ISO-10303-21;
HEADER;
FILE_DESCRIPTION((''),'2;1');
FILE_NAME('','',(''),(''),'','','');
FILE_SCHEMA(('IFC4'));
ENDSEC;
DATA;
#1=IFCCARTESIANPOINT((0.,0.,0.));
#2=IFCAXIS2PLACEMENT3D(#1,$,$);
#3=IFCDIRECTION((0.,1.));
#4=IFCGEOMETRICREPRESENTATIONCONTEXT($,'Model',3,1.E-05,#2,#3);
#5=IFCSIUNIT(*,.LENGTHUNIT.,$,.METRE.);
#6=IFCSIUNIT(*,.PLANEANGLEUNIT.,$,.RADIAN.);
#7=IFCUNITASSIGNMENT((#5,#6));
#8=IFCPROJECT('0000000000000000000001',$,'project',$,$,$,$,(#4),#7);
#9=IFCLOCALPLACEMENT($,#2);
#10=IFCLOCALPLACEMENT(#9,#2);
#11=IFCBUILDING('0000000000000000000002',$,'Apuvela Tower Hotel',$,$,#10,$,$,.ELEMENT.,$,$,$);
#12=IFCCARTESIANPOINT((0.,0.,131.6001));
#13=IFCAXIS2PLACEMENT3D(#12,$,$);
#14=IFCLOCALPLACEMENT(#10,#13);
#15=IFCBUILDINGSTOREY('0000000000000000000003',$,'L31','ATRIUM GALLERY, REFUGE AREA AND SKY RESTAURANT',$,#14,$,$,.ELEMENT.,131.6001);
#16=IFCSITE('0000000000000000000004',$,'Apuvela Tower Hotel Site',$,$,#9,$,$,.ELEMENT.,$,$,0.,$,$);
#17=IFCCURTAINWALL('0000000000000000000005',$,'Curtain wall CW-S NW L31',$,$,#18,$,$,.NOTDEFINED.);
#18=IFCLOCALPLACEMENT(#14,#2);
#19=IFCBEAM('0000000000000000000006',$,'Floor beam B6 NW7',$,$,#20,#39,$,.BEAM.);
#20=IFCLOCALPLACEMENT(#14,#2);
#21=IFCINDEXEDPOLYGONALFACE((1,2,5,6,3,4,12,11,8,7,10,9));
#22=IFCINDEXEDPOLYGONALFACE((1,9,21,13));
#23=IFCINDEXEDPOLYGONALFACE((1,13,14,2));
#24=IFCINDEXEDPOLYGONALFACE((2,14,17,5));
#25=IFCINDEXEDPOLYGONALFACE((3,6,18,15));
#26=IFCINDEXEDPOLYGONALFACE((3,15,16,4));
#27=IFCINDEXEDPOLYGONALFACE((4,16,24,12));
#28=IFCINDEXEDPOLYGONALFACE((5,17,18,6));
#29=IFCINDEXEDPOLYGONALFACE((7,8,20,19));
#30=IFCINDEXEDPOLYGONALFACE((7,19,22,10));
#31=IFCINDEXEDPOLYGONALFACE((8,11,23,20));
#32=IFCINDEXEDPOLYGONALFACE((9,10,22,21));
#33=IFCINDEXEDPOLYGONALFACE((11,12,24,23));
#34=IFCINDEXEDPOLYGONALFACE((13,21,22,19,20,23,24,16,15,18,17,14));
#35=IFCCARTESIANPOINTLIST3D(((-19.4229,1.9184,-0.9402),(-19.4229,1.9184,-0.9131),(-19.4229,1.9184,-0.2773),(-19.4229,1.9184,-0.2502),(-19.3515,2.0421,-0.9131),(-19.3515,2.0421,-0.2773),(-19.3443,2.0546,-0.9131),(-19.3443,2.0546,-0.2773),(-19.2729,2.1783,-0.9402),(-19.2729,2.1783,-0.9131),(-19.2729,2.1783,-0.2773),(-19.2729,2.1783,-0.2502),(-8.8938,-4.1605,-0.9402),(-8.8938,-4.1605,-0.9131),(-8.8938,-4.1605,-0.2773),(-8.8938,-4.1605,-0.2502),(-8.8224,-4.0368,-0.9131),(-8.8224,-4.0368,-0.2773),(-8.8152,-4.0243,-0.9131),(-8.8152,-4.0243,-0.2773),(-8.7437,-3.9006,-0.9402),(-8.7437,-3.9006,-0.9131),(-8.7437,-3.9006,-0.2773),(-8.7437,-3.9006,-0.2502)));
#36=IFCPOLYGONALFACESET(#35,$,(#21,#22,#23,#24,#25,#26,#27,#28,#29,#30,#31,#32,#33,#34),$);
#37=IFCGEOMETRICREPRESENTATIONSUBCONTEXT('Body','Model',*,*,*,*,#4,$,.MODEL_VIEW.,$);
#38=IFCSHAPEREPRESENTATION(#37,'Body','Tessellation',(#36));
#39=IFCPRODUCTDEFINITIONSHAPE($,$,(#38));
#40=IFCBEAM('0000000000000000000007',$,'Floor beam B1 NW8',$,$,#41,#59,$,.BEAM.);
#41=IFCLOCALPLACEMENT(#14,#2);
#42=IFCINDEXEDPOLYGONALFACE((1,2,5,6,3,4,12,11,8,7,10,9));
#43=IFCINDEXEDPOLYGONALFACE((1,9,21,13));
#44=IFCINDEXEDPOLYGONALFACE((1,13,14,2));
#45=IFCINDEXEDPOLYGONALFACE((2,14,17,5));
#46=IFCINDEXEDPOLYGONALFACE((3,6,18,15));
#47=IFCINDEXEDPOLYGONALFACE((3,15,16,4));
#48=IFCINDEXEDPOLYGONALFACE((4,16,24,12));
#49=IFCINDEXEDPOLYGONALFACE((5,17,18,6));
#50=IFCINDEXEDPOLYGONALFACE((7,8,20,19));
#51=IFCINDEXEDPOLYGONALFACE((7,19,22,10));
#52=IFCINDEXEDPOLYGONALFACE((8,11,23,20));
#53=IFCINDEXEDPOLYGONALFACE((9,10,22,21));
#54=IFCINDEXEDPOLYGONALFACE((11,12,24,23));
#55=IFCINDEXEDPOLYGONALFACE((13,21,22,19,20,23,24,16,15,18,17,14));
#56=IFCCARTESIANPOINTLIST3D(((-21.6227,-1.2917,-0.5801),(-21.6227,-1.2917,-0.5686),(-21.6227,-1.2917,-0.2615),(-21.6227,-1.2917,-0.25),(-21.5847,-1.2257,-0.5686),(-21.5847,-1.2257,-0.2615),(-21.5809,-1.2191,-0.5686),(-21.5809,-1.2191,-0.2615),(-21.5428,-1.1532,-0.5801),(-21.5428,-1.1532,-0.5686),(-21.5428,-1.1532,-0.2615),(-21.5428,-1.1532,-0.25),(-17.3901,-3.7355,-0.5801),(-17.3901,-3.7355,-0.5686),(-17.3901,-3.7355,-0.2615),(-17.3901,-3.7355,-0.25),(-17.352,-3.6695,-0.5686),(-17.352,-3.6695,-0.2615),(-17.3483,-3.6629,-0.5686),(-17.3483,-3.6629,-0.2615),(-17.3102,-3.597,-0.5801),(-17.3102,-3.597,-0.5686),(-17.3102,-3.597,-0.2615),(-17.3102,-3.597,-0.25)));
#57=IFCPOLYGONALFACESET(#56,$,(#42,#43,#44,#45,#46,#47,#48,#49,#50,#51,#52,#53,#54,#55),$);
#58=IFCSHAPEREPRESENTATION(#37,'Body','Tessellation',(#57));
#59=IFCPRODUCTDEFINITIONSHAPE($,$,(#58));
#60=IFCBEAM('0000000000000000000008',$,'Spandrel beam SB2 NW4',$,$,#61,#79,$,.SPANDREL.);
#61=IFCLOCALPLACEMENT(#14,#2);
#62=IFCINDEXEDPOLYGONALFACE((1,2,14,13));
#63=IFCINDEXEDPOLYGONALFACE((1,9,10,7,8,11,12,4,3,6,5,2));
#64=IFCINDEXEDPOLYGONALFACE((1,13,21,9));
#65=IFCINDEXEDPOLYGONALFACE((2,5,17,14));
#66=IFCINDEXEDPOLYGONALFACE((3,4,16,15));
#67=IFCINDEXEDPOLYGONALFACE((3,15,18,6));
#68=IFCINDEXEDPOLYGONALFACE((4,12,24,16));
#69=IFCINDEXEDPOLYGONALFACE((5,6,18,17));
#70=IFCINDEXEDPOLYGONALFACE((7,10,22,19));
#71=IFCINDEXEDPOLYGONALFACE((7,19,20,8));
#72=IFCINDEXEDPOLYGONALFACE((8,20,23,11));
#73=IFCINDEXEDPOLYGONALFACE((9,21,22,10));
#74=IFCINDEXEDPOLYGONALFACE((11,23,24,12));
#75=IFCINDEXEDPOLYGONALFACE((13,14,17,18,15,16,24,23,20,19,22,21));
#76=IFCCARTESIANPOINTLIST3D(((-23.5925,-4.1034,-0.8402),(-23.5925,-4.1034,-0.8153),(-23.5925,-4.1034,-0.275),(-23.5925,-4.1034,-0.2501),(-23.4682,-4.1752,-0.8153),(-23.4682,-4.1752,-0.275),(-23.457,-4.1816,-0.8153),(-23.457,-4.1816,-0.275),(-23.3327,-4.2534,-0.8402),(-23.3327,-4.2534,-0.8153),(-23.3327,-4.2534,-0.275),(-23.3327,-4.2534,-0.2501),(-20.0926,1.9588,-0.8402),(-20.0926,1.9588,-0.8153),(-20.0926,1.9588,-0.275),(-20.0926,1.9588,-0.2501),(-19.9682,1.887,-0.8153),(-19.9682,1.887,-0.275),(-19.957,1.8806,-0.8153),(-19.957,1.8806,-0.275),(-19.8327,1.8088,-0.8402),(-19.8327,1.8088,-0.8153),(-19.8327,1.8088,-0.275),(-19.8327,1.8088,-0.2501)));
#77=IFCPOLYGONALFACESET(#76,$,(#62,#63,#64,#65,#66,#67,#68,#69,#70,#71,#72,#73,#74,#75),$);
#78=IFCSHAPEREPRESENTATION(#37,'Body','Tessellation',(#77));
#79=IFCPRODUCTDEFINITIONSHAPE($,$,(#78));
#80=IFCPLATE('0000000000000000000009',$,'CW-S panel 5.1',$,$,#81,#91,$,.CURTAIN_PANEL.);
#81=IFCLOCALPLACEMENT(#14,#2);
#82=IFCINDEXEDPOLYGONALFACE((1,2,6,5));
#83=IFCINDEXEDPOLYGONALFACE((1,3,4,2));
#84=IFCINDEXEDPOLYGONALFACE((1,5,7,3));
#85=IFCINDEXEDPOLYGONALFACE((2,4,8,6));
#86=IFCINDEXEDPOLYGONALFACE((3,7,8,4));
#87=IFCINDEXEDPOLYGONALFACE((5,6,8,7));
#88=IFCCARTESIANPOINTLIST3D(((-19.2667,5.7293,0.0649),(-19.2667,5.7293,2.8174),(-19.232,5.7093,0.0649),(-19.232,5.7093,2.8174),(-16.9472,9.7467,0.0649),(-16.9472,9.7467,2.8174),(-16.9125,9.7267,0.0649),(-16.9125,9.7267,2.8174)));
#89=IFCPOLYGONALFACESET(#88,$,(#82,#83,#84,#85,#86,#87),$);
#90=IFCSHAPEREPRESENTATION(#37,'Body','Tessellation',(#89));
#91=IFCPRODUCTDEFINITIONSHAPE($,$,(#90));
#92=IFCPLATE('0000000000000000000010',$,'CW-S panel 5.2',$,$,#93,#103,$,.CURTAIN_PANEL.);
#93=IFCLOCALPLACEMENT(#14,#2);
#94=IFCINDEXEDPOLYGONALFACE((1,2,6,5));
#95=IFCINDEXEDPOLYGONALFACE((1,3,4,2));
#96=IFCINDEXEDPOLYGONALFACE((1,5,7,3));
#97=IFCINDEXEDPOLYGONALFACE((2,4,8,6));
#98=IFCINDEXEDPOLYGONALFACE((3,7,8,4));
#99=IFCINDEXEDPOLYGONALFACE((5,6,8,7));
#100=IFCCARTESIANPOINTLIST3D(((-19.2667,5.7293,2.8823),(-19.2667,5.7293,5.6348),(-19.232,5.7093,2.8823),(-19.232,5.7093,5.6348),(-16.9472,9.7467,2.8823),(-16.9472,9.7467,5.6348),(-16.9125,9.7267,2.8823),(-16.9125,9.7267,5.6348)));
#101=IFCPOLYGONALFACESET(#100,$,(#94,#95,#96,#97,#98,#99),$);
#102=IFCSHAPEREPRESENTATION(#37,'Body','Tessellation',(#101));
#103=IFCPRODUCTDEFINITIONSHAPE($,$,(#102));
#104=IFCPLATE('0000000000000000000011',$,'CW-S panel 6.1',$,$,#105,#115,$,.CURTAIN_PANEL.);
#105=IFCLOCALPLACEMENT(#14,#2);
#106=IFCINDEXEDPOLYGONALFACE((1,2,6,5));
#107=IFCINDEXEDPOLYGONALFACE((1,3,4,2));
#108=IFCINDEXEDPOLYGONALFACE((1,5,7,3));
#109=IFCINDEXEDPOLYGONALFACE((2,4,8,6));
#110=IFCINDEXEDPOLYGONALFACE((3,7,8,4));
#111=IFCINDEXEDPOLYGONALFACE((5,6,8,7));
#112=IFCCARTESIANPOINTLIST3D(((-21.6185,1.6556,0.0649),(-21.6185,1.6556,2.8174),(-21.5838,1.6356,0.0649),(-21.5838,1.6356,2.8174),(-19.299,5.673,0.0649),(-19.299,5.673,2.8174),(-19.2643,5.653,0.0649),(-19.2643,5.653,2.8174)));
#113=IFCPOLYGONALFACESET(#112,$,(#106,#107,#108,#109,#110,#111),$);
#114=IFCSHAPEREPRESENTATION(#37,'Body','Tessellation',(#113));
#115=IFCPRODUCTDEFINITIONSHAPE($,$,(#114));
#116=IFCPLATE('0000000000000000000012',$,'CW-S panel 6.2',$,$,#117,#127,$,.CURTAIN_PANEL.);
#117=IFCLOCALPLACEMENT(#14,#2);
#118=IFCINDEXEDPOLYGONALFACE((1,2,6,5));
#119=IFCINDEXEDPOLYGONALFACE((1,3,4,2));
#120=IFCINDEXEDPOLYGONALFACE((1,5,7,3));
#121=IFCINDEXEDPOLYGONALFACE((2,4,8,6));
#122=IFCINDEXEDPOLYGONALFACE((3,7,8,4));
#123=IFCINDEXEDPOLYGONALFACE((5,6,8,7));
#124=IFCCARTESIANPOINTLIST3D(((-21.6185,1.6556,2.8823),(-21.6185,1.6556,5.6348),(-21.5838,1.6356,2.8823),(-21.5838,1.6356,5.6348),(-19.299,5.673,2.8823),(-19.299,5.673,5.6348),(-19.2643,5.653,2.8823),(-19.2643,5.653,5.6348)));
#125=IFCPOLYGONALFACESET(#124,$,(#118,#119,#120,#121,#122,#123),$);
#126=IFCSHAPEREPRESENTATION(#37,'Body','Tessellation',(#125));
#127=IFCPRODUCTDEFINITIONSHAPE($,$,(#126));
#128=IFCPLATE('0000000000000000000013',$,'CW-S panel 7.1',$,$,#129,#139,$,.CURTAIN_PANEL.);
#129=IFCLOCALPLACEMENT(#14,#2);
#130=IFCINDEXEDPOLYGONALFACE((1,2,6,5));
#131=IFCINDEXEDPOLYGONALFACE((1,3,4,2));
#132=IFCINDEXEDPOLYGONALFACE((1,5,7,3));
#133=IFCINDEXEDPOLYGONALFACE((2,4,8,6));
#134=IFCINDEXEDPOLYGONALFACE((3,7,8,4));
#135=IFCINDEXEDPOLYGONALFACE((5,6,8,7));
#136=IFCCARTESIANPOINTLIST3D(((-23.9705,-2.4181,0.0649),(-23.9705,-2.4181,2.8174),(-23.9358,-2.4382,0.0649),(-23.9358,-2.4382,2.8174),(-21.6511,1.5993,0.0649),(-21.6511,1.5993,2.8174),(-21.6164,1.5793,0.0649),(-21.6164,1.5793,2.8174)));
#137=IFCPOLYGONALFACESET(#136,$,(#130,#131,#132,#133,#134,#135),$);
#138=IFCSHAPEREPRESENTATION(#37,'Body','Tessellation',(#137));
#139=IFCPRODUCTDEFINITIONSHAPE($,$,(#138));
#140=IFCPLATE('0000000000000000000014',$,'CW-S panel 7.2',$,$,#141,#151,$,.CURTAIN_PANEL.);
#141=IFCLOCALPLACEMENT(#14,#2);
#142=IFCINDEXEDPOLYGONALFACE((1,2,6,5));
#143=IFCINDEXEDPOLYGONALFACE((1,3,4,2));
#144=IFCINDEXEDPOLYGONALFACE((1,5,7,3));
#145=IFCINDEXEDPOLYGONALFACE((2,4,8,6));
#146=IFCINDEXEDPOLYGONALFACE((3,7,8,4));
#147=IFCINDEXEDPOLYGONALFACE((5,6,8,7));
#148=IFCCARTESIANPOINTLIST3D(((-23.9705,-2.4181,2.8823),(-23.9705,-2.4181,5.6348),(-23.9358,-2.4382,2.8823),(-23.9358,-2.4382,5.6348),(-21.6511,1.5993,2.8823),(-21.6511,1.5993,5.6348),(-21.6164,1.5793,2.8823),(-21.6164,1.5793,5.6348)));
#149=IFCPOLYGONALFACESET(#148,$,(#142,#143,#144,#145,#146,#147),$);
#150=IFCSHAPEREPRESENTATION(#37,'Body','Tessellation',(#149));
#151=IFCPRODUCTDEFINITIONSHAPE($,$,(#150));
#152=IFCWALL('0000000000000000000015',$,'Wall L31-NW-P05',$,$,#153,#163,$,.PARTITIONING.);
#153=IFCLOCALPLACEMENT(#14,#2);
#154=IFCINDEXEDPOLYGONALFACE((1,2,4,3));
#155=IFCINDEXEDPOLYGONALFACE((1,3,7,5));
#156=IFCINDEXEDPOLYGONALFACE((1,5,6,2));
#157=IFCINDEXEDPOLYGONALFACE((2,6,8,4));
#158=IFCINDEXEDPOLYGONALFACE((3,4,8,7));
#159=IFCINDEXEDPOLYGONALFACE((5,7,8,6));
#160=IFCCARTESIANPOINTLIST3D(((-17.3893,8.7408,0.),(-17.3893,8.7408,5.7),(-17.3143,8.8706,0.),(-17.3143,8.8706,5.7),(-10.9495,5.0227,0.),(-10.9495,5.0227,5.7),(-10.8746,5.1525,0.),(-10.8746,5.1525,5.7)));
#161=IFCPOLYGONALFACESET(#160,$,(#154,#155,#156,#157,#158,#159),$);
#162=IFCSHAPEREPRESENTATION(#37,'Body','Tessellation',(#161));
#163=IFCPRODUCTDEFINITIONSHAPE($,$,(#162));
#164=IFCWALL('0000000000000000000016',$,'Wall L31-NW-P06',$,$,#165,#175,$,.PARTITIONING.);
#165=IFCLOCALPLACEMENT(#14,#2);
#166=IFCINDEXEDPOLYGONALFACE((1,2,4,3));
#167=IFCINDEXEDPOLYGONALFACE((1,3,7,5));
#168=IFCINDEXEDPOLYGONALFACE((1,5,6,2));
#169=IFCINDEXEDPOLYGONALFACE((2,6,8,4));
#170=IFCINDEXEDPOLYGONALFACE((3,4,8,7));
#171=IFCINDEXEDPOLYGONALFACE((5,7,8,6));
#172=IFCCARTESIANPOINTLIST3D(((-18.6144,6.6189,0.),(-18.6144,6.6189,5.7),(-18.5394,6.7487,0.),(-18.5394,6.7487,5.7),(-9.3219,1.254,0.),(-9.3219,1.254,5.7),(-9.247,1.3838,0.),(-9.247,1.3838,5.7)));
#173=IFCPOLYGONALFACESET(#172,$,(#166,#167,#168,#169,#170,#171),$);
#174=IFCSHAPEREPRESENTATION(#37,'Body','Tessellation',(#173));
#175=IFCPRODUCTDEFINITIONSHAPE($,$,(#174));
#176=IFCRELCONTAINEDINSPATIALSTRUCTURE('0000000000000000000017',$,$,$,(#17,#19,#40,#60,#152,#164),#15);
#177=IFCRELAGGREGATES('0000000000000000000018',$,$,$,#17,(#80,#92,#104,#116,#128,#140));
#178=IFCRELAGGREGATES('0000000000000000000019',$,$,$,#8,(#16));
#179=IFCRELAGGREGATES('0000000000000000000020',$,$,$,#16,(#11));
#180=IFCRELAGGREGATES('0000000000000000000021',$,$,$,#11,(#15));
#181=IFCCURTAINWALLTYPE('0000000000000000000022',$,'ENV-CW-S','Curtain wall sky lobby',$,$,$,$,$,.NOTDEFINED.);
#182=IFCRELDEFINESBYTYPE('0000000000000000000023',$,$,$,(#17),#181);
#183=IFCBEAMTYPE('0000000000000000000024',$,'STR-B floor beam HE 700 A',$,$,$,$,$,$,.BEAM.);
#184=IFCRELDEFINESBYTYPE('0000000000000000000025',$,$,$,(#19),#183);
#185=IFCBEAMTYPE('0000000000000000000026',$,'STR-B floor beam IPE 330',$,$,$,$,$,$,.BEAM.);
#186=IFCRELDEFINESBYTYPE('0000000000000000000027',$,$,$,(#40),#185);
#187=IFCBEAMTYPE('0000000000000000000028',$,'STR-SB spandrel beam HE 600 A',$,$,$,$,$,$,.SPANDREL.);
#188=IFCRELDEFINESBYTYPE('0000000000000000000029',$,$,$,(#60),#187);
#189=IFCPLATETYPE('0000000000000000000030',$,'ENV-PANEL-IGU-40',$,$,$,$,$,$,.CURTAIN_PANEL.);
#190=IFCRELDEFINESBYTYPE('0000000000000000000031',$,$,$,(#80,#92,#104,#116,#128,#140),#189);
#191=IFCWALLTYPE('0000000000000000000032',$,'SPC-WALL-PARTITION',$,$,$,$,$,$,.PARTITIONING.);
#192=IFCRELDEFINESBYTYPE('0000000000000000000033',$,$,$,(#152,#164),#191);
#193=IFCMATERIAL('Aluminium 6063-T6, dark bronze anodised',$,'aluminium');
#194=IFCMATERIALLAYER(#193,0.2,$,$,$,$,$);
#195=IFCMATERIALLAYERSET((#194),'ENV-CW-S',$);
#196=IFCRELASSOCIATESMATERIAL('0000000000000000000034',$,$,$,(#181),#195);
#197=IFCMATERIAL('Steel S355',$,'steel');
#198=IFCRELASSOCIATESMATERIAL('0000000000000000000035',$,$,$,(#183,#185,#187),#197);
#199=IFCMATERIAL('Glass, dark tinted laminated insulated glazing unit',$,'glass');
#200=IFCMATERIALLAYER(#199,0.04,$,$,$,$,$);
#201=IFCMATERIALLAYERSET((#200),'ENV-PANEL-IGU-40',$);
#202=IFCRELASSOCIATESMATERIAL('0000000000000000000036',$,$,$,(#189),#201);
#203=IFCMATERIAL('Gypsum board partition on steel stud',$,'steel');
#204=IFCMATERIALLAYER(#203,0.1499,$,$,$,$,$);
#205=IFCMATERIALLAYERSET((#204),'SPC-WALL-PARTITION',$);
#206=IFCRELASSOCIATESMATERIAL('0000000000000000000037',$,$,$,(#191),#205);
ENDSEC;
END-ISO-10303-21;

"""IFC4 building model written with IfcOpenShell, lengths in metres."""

from ifc_helpers import new_model, si_unit, direction, frame, frame_2d, origin, origin_2d, place, context, subcontext, project, spatial, rectangle, i_section, extrude, material, layer, layer_set, material_profile, profile_set, type_object, element, aggregate, save


model = new_model("IFC4")

# Units and contexts
model_context = context("Model", 3, precision=1e-05, world=origin(), true_north=direction((0.0, 1.0)))
body_context = subcontext(model_context, "Body", "Model", "MODEL_VIEW")
ifc_project = project(units=[si_unit("LENGTHUNIT", "METRE"), si_unit("PLANEANGLEUNIT", "RADIAN")], contexts=[model_context])

# Site, building, storey
site_placement = place(None, origin())
site = spatial("IfcSite", under=ifc_project, at=site_placement, Name="Apuvela Tower Hotel Site", CompositionType="ELEMENT", RefElevation=0.0)
building_placement = place(site_placement, origin())
building = spatial("IfcBuilding", under=site, at=building_placement, Name="Apuvela Tower Hotel", CompositionType="ELEMENT")
storey_placement = place(building_placement, frame((0.0, 0.0, 131.6001)))
storey = spatial("IfcBuildingStorey", under=building, at=storey_placement, Name="L31", Description="ATRIUM GALLERY, REFUGE AREA AND SKY RESTAURANT", CompositionType="ELEMENT", Elevation=131.6001)

# Curtain wall
ifc_material_1 = material(Name="Aluminium 6063-T6, dark bronze anodised", Category="aluminium")
ifc_layer_1 = layer(ifc_material_1, 0.2)
ifc_layer_set_1 = layer_set([ifc_layer_1], Name="ENV-CW-S")
curtain_wall_type = type_object("IfcCurtainWallType", Name="ENV-CW-S", Description="Curtain wall sky lobby", PredefinedType="NOTDEFINED", material=ifc_layer_set_1)
curtain_wall_placement = place(storey_placement, origin())
curtain_wall = element("IfcCurtainWall", 1, at=curtain_wall_placement, inside=storey, type_object=curtain_wall_type, Name="Curtain wall CW-S NW L31", PredefinedType="NOTDEFINED")

# Beams
ifc_material_2 = material(Name="Steel S355", Category="steel")
ifc_material_profile_1 = material_profile(ifc_material_2, i_section(OverallWidth=0.3, OverallDepth=0.6899, WebThickness=0.0144, FlangeThickness=0.0271, at=origin_2d()), Name="HE 700 A")
ifc_profile_set_1 = profile_set([ifc_material_profile_1], Name="Steel S355")
beam_type_1 = type_object("IfcBeamType", Name="STR-B floor beam HE 700 A", PredefinedType="BEAM", material=ifc_profile_set_1)
beam_1_placement = place(storey_placement, frame((-19.3479, 2.0483, -0.5952), z_axis=(0.866029, -0.499994, 0.0), x_axis=(0.499994, 0.866029, 0.0)))
element("IfcBeam", 2, at=beam_1_placement, inside=storey, type_object=beam_type_1, Name="Floor beam B6 NW7", PredefinedType="BEAM", context=body_context, shape_type="SweptSolid", body=[
    extrude(i_section(OverallWidth=0.3, OverallDepth=0.6899, WebThickness=0.0144, FlangeThickness=0.0271, at=origin_2d()), origin(), (0.0, 0.0, 1.0), 12.158),
])
ifc_material_profile_2 = material_profile(ifc_material_2, i_section(OverallWidth=0.1599, OverallDepth=0.3301, WebThickness=0.0076, FlangeThickness=0.0115, at=origin_2d()), Name="IPE 330")
ifc_profile_set_2 = profile_set([ifc_material_profile_2], Name="Steel S355")
beam_type_2 = type_object("IfcBeamType", Name="STR-B floor beam IPE 330", PredefinedType="BEAM", material=ifc_profile_set_2)
beam_2_placement = place(storey_placement, frame((-21.5828, -1.2224, -0.415), z_axis=(0.866015, -0.500018, 0.0), x_axis=(0.500018, 0.866015, 0.0)))
element("IfcBeam", 3, at=beam_2_placement, inside=storey, type_object=beam_type_2, Name="Floor beam B1 NW8", PredefinedType="BEAM", context=body_context, shape_type="SweptSolid", body=[
    extrude(i_section(OverallWidth=0.1599, OverallDepth=0.3301, WebThickness=0.0076, FlangeThickness=0.0115, at=origin_2d()), origin(), (0.0, 0.0, 1.0), 4.8875),
])
ifc_material_profile_3 = material_profile(ifc_material_2, i_section(OverallWidth=0.3, OverallDepth=0.5901, WebThickness=0.0129, FlangeThickness=0.0249, at=origin_2d()), Name="HE 600 A")
ifc_profile_set_3 = profile_set([ifc_material_profile_3], Name="Steel S355")
beam_type_3 = type_object("IfcBeamType", Name="STR-SB spandrel beam HE 600 A", PredefinedType="SPANDREL", material=ifc_profile_set_3)
beam_3_placement = place(storey_placement, frame((-19.9626, 1.8838, -0.5452), z_axis=(-0.499995, -0.866028, 0.0), x_axis=(0.866028, -0.499995, 0.0)))
element("IfcBeam", 4, at=beam_3_placement, inside=storey, type_object=beam_type_3, Name="Spandrel beam SB2 NW4", PredefinedType="SPANDREL", context=body_context, shape_type="SweptSolid", body=[
    extrude(i_section(OverallWidth=0.3, OverallDepth=0.5901, WebThickness=0.0129, FlangeThickness=0.0249, at=origin_2d()), origin(), (0.0, 0.0, 1.0), 7.0),
])

# Plates
ifc_material_3 = material(Name="Glass, dark tinted laminated insulated glazing unit", Category="glass")
ifc_layer_2 = layer(ifc_material_3, 0.04)
ifc_layer_set_2 = layer_set([ifc_layer_2], Name="ENV-PANEL-IGU-40")
plate_type = type_object("IfcPlateType", Name="ENV-PANEL-IGU-40", PredefinedType="CURTAIN_PANEL", material=ifc_layer_set_2)
plate_1_placement = place(storey_placement, frame((-18.0896, 7.728, 0.0649), z_axis=(0.0, 0.0, 1.0), x_axis=(-0.499999, -0.866026, 0.0)))
plate_1 = element("IfcPlate", 5, at=plate_1_placement, type_object=plate_type, Name="CW-S panel 5.1", PredefinedType="CURTAIN_PANEL", context=body_context, shape_type="SweptSolid", body=[
    extrude(rectangle(XDim=4.6389, YDim=0.04, at=origin_2d()), origin(), (0.0, 0.0, 1.0), 2.7524),
])
plate_2_placement = place(storey_placement, frame((-18.0896, 7.728, 2.8823), z_axis=(0.0, 0.0, 1.0), x_axis=(-0.499999, -0.866026, 0.0)))
plate_2 = element("IfcPlate", 6, at=plate_2_placement, type_object=plate_type, Name="CW-S panel 5.2", PredefinedType="CURTAIN_PANEL", context=body_context, shape_type="SweptSolid", body=[
    extrude(rectangle(XDim=4.6389, YDim=0.04, at=origin_2d()), origin(), (0.0, 0.0, 1.0), 2.7524),
])
plate_3_placement = place(storey_placement, frame((-20.4414, 3.6543, 0.0649), z_axis=(0.0, 0.0, 1.0), x_axis=(-0.499999, -0.866026, 0.0)))
plate_3 = element("IfcPlate", 7, at=plate_3_placement, type_object=plate_type, Name="CW-S panel 6.1", PredefinedType="CURTAIN_PANEL", context=body_context, shape_type="SweptSolid", body=[
    extrude(rectangle(XDim=4.6389, YDim=0.04, at=origin_2d()), origin(), (0.0, 0.0, 1.0), 2.7524),
])
plate_4_placement = place(storey_placement, frame((-20.4414, 3.6543, 2.8823), z_axis=(0.0, 0.0, 1.0), x_axis=(-0.499999, -0.866026, 0.0)))
plate_4 = element("IfcPlate", 8, at=plate_4_placement, type_object=plate_type, Name="CW-S panel 6.2", PredefinedType="CURTAIN_PANEL", context=body_context, shape_type="SweptSolid", body=[
    extrude(rectangle(XDim=4.6389, YDim=0.04, at=origin_2d()), origin(), (0.0, 0.0, 1.0), 2.7524),
])
plate_5_placement = place(storey_placement, frame((-22.7935, -0.4194, 0.0649), z_axis=(0.0, 0.0, 1.0), x_axis=(-0.499999, -0.866026, 0.0)))
plate_5 = element("IfcPlate", 9, at=plate_5_placement, type_object=plate_type, Name="CW-S panel 7.1", PredefinedType="CURTAIN_PANEL", context=body_context, shape_type="SweptSolid", body=[
    extrude(rectangle(XDim=4.6389, YDim=0.04, at=origin_2d()), origin(), (0.0, 0.0, 1.0), 2.7524),
])
plate_6_placement = place(storey_placement, frame((-22.7935, -0.4194, 2.8823), z_axis=(0.0, 0.0, 1.0), x_axis=(-0.499999, -0.866026, 0.0)))
plate_6 = element("IfcPlate", 10, at=plate_6_placement, type_object=plate_type, Name="CW-S panel 7.2", PredefinedType="CURTAIN_PANEL", context=body_context, shape_type="SweptSolid", body=[
    extrude(rectangle(XDim=4.6389, YDim=0.04, at=origin_2d()), origin(), (0.0, 0.0, 1.0), 2.7524),
])
aggregate(curtain_wall, [plate_1, plate_2, plate_3, plate_4, plate_5, plate_6])

# Walls
ifc_material_4 = material(Name="Gypsum board partition on steel stud", Category="steel")
ifc_layer_3 = layer(ifc_material_4, 0.1499)
ifc_layer_set_3 = layer_set([ifc_layer_3], Name="SPC-WALL-PARTITION")
wall_type = type_object("IfcWallType", Name="SPC-WALL-PARTITION", PredefinedType="PARTITIONING", material=ifc_layer_set_3)
wall_1_placement = place(storey_placement, frame((-17.3518, 8.8057, 0.0), z_axis=(0.0, 0.0, 1.0), x_axis=(0.866022, -0.500006, 0.0)))
element("IfcWall", 11, at=wall_1_placement, inside=storey, type_object=wall_type, Name="Wall L31-NW-P05", PredefinedType="PARTITIONING", context=body_context, shape_type="SweptSolid", body=[
    extrude(rectangle(XDim=7.436, YDim=0.1499, at=frame_2d((3.718, 0.0))), origin(), (0.0, 0.0, 1.0), 5.7),
])
wall_2_placement = place(storey_placement, frame((-18.5769, 6.6838, 0.0), z_axis=(0.0, 0.0, 1.0), x_axis=(0.866026, -0.499998, 0.0)))
element("IfcWall", 12, at=wall_2_placement, inside=storey, type_object=wall_type, Name="Wall L31-NW-P06", PredefinedType="PARTITIONING", context=body_context, shape_type="SweptSolid", body=[
    extrude(rectangle(XDim=10.73, YDim=0.1499, at=frame_2d((5.365, 0.0))), origin(), (0.0, 0.0, 1.0), 5.7),
])

save(model, "model.ifc")
